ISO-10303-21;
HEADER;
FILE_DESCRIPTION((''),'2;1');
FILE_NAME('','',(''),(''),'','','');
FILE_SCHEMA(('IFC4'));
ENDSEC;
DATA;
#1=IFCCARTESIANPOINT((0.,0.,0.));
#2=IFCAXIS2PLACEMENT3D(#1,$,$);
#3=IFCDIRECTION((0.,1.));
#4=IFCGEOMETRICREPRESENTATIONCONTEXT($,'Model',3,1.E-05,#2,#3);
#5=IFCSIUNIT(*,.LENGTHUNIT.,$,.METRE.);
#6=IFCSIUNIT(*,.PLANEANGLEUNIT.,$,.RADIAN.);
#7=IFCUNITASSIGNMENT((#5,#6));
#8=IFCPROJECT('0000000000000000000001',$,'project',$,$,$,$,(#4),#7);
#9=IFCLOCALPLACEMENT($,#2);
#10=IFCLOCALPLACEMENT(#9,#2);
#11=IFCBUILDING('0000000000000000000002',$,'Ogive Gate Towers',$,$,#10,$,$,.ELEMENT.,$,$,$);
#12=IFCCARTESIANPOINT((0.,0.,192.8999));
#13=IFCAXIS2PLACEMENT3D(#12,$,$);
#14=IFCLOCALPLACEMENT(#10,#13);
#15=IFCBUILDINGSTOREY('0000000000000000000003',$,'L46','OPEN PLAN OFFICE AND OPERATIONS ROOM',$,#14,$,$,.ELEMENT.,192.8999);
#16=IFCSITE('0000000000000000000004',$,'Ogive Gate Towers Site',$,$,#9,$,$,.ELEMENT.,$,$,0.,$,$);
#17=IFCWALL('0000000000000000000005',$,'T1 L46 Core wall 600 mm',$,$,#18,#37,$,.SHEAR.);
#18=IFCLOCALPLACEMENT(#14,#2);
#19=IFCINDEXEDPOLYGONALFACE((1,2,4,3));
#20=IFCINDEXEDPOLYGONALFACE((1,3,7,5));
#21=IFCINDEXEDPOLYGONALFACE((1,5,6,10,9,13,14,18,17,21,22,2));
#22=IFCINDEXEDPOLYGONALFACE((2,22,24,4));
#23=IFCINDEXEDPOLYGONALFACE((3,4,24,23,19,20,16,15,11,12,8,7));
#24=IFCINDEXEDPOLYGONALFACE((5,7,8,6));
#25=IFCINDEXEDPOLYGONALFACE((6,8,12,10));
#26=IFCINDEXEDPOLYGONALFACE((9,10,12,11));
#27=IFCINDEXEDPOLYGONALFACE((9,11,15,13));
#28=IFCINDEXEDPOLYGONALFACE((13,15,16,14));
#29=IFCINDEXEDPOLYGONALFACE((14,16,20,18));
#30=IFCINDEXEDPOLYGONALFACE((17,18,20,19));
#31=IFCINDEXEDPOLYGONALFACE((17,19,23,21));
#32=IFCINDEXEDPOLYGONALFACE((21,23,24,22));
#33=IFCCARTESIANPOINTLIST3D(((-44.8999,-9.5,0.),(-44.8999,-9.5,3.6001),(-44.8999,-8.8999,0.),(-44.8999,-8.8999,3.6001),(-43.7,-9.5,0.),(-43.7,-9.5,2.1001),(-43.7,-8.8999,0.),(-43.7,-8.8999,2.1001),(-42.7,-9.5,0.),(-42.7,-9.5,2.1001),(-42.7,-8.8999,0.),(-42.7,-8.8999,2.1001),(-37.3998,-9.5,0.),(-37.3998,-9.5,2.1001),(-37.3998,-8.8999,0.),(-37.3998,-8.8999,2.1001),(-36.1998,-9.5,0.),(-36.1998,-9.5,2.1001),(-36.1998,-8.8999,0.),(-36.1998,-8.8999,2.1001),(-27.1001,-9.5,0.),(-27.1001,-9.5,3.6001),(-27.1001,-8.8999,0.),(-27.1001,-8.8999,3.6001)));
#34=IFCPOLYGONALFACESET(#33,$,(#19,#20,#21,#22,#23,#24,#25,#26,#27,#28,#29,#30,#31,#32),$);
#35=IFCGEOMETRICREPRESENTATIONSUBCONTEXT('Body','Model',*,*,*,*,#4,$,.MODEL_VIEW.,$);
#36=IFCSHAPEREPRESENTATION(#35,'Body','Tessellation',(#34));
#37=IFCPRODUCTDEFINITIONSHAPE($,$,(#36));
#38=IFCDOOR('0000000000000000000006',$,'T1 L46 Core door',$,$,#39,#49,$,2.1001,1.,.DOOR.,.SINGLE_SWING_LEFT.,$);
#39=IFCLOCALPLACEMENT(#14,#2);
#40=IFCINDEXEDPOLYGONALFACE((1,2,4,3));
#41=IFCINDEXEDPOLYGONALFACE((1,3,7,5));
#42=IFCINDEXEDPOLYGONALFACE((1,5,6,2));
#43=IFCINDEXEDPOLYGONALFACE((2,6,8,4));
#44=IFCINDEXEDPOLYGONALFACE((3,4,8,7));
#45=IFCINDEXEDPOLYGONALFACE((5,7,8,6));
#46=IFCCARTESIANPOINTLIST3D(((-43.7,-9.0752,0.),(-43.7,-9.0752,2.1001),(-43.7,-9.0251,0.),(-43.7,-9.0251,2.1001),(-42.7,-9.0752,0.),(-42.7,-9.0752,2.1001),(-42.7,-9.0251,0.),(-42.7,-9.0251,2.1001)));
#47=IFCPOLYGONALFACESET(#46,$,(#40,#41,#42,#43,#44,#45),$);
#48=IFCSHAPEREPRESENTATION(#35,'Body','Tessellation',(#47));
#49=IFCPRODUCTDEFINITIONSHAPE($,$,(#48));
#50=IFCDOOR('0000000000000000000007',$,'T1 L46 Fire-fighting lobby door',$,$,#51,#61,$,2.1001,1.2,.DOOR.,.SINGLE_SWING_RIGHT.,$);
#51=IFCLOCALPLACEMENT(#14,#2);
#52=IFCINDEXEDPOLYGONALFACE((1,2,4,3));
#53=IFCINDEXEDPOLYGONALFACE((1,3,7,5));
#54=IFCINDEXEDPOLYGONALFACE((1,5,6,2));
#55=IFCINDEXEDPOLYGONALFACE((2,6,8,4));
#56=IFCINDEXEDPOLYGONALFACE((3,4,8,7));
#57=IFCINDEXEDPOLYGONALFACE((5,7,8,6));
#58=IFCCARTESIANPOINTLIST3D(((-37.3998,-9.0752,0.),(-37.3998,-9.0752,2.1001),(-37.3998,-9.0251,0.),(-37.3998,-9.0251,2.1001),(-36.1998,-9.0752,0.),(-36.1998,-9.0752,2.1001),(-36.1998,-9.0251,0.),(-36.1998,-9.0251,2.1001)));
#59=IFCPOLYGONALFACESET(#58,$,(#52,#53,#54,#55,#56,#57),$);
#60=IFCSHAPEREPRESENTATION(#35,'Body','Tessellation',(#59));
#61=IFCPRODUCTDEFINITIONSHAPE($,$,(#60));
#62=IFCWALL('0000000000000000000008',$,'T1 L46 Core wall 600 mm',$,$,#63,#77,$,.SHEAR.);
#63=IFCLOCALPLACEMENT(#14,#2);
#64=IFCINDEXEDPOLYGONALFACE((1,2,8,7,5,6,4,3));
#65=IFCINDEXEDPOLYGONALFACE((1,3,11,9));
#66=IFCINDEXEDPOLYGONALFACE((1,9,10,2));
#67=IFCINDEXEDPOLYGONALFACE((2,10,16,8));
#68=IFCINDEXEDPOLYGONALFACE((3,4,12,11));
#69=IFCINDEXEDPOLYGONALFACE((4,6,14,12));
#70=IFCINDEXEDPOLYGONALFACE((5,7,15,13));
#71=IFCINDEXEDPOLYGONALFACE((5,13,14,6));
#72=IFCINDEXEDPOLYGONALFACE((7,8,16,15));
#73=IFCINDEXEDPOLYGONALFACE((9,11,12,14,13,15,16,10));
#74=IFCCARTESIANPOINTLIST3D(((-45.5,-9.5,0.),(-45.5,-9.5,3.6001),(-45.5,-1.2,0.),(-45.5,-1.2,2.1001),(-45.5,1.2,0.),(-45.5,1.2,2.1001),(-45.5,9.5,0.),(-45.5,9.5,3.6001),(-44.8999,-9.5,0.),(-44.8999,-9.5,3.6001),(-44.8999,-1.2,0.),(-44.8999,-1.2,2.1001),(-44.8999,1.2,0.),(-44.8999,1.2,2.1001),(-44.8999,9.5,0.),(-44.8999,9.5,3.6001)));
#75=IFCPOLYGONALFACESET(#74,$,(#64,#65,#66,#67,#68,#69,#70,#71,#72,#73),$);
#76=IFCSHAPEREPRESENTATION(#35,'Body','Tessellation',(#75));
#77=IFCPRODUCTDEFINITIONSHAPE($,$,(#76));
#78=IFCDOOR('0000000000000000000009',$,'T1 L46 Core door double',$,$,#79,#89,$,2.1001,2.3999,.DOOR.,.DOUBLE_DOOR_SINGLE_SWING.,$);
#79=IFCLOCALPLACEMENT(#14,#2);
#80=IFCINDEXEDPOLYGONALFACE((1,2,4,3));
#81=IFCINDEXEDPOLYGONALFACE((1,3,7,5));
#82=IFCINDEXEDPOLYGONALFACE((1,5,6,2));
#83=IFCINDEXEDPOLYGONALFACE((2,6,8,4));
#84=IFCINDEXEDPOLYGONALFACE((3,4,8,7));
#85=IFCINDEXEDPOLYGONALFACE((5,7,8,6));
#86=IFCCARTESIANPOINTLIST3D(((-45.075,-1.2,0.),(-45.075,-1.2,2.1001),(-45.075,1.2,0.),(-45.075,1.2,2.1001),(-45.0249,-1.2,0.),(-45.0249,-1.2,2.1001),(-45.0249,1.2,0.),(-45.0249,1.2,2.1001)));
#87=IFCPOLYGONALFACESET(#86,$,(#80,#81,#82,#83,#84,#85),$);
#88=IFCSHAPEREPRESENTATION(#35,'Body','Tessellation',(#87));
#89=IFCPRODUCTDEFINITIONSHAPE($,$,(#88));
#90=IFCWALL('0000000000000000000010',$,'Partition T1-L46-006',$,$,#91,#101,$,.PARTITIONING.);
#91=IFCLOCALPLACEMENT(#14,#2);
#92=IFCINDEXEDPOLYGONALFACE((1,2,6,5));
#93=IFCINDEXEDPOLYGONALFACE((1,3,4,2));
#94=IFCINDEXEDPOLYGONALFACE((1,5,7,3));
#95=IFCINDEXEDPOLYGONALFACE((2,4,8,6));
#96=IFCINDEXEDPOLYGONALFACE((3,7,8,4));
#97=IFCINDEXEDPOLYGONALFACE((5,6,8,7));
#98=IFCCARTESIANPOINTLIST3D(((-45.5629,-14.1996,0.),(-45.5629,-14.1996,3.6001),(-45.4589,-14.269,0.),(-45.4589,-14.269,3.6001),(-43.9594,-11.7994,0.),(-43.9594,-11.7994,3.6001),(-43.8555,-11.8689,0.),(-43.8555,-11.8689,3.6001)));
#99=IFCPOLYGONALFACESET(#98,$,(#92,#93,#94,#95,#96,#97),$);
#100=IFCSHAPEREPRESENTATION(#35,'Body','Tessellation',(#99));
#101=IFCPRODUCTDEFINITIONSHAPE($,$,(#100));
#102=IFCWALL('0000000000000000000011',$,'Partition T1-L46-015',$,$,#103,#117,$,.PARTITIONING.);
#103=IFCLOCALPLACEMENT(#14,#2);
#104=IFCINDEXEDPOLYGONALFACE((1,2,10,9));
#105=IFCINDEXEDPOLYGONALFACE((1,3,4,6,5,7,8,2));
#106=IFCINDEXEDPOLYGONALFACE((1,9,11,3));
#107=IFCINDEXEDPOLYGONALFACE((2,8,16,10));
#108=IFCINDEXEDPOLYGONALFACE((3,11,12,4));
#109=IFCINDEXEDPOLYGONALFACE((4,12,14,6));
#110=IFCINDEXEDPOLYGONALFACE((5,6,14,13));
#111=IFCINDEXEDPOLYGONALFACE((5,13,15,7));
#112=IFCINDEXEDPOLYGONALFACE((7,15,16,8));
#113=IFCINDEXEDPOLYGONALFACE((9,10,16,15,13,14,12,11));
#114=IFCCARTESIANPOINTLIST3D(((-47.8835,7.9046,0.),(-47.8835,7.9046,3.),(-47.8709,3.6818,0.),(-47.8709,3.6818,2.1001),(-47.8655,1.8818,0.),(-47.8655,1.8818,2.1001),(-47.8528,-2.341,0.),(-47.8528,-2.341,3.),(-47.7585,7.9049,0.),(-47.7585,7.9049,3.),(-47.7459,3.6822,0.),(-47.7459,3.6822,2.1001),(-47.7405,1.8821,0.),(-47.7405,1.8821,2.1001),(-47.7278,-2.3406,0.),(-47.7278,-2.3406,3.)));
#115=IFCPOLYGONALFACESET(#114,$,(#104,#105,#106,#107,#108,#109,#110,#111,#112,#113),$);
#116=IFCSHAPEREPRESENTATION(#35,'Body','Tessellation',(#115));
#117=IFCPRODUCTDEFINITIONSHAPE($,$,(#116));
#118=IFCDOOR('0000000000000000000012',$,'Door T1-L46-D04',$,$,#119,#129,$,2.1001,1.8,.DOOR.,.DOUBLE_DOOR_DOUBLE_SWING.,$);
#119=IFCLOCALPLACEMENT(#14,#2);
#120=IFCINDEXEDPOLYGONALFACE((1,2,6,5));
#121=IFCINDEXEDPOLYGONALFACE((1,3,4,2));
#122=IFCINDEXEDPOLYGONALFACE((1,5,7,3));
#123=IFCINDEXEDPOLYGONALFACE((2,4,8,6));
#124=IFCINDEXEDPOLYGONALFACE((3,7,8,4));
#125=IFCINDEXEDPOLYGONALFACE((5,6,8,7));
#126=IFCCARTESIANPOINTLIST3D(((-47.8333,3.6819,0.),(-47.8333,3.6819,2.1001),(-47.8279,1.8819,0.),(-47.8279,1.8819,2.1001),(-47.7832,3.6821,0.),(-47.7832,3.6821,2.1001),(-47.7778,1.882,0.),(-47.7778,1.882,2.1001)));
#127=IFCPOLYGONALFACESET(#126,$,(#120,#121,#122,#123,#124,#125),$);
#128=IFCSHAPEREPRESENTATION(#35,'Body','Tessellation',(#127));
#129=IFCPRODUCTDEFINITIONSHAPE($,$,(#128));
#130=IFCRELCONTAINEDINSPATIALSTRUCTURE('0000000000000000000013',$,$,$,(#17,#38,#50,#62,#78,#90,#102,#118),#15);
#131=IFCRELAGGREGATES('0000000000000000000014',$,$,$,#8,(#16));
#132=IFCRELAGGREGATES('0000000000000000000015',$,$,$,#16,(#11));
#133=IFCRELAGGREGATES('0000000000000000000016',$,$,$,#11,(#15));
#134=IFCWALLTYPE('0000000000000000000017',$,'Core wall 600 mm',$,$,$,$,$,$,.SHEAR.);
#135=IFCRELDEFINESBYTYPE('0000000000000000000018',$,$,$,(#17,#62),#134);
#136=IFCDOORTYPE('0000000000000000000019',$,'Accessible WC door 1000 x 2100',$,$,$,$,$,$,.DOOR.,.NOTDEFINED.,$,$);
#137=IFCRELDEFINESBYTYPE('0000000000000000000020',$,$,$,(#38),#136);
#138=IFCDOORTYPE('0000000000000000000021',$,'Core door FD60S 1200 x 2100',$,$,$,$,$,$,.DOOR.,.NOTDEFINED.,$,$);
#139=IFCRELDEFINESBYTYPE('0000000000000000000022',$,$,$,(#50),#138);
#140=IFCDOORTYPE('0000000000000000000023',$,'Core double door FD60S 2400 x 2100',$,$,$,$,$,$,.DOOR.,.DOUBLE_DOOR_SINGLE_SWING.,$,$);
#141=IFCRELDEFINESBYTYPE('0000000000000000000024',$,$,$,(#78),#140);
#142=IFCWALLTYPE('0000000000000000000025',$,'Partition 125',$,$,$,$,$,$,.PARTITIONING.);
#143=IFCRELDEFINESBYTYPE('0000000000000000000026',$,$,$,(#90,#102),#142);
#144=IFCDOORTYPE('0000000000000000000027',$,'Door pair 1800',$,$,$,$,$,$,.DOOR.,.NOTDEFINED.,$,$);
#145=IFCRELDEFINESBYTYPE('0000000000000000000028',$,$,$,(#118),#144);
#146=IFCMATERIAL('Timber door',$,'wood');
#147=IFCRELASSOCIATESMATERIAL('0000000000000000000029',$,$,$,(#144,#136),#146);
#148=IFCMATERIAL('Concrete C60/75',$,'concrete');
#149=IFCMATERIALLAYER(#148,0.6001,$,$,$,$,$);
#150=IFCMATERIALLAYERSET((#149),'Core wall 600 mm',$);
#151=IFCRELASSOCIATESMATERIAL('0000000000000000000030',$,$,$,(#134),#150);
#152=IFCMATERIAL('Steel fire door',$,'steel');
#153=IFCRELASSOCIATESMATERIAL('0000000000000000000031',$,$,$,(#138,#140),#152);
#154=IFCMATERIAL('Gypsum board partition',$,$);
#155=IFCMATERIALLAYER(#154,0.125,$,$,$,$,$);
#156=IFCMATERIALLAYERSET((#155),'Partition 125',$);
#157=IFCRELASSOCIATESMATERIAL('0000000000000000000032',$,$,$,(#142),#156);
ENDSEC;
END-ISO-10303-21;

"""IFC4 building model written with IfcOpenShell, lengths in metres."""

from ifc_helpers import new_model, si_unit, direction, frame, frame_2d, origin, place, context, subcontext, project, spatial, rectangle, extrude, material, layer, layer_set, type_object, element, fill, save


model = new_model("IFC4")

# Units and contexts
model_context = context("Model", 3, precision=1e-05, world=origin(), true_north=direction((0.0, 1.0)))
body_context = subcontext(model_context, "Body", "Model", "MODEL_VIEW")
ifc_project = project(units=[si_unit("LENGTHUNIT", "METRE"), si_unit("PLANEANGLEUNIT", "RADIAN")], contexts=[model_context])

# Site, building, storey
site_placement = place(None, origin())
site = spatial("IfcSite", under=ifc_project, at=site_placement, Name="Ogive Gate Towers Site", CompositionType="ELEMENT", RefElevation=0.0)
building_placement = place(site_placement, origin())
building = spatial("IfcBuilding", under=site, at=building_placement, Name="Ogive Gate Towers", CompositionType="ELEMENT")
storey_placement = place(building_placement, frame((0.0, 0.0, 192.8999)))
storey = spatial("IfcBuildingStorey", under=building, at=storey_placement, Name="L46", Description="OPEN PLAN OFFICE AND OPERATIONS ROOM", CompositionType="ELEMENT", Elevation=192.8999)

# Shared definitions
ifc_material_1 = material(Name="Timber door", Category="wood")
door_type_1 = type_object("IfcDoorType", Name="Door pair 1800", OperationType="NOTDEFINED", PredefinedType="DOOR", material=ifc_material_1)

# Wall, openings, doors
ifc_material_2 = material(Name="Concrete C60/75", Category="concrete")
ifc_layer_1 = layer(ifc_material_2, 0.6001)
ifc_layer_set_1 = layer_set([ifc_layer_1], Name="Core wall 600 mm")
wall_type_1 = type_object("IfcWallType", Name="Core wall 600 mm", PredefinedType="SHEAR", material=ifc_layer_set_1)
wall_1_placement = place(storey_placement, frame((-44.8999, -9.2, 0.0), z_axis=(0.0, 0.0, 1.0), x_axis=(1.0, 0.0, 0.0)))
wall_1 = element("IfcWall", 1, at=wall_1_placement, inside=storey, type_object=wall_type_1, Name="T1 L46 Core wall 600 mm", PredefinedType="SHEAR", context=body_context, shape_type="SweptSolid", body=[
    extrude(rectangle(XDim=17.7998, YDim=0.6001, at=frame_2d((8.8999, 0.0))), origin(), (0.0, 0.0, 1.0), 3.6001),
])
opening_1_placement = place(wall_1_placement, frame((7.5, 0.0, 0.0)))
opening_1 = element("IfcOpeningElement", 2, at=opening_1_placement, cuts=wall_1, PredefinedType="OPENING", context=body_context, shape_type="SweptSolid", body=[
    extrude(rectangle(XDim=1.2, YDim=2.1001, at=frame_2d((0.6001, 1.05))), frame((0.0, 0.3101, 0.0), z_axis=(0.0, -1.0, 0.0), x_axis=(1.0, 0.0, 0.0)), (0.0, 0.0, 1.0), 0.6201),
])
opening_2_placement = place(wall_1_placement, frame((1.2, 0.0, 0.0)))
opening_2 = element("IfcOpeningElement", 3, at=opening_2_placement, cuts=wall_1, PredefinedType="OPENING", context=body_context, shape_type="SweptSolid", body=[
    extrude(rectangle(XDim=1.0, YDim=2.1001, at=frame_2d((0.5, 1.05))), frame((0.0, 0.3101, 0.0), z_axis=(0.0, -1.0, 0.0), x_axis=(1.0, 0.0, 0.0)), (0.0, 0.0, 1.0), 0.6201),
])
door_type_2 = type_object("IfcDoorType", Name="Accessible WC door 1000 x 2100", OperationType="NOTDEFINED", PredefinedType="DOOR", material=ifc_material_1)
door_1_placement = place(opening_2_placement, origin())
door_1 = element("IfcDoor", 4, at=door_1_placement, inside=storey, type_object=door_type_2, Name="T1 L46 Core door", OperationType="SINGLE_SWING_LEFT", OverallHeight=2.1001, OverallWidth=1.0, PredefinedType="DOOR", context=body_context, shape_type="SweptSolid", body=[
    extrude(rectangle(XDim=1.0, YDim=2.1001, at=frame_2d((0.5, 1.05))), frame((0.0, 0.1748, 0.0), z_axis=(0.0, -1.0, 0.0), x_axis=(1.0, 0.0, 0.0)), (0.0, 0.0, 1.0), 0.05),
])
fill(opening_2, door_1)
ifc_material_3 = material(Name="Steel fire door", Category="steel")
door_type_3 = type_object("IfcDoorType", Name="Core door FD60S 1200 x 2100", OperationType="NOTDEFINED", PredefinedType="DOOR", material=ifc_material_3)
door_2_placement = place(opening_1_placement, origin())
door_2 = element("IfcDoor", 5, at=door_2_placement, inside=storey, type_object=door_type_3, Name="T1 L46 Fire-fighting lobby door", OperationType="SINGLE_SWING_RIGHT", OverallHeight=2.1001, OverallWidth=1.2, PredefinedType="DOOR", context=body_context, shape_type="SweptSolid", body=[
    extrude(rectangle(XDim=1.2, YDim=2.1001, at=frame_2d((0.6001, 1.05))), frame((0.0, 0.1748, 0.0), z_axis=(0.0, -1.0, 0.0), x_axis=(1.0, 0.0, 0.0)), (0.0, 0.0, 1.0), 0.05),
])
fill(opening_1, door_2)

# Wall, opening, door
wall_2_placement = place(storey_placement, frame((-45.2, -9.5, 0.0), z_axis=(0.0, 0.0, 1.0), x_axis=(0.0, 1.0, 0.0)))
wall_2 = element("IfcWall", 6, at=wall_2_placement, inside=storey, type_object=wall_type_1, Name="T1 L46 Core wall 600 mm", PredefinedType="SHEAR", context=body_context, shape_type="SweptSolid", body=[
    extrude(rectangle(XDim=19.0, YDim=0.6001, at=frame_2d((9.5, 0.0))), origin(), (0.0, 0.0, 1.0), 3.6001),
])
opening_3_placement = place(wall_2_placement, frame((8.3, 0.0, 0.0)))
opening_3 = element("IfcOpeningElement", 7, at=opening_3_placement, cuts=wall_2, PredefinedType="OPENING", context=body_context, shape_type="SweptSolid", body=[
    extrude(rectangle(XDim=2.3999, YDim=2.1001, at=frame_2d((1.2, 1.05))), frame((0.0, 0.3101, 0.0), z_axis=(0.0, -1.0, 0.0), x_axis=(1.0, 0.0, 0.0)), (0.0, 0.0, 1.0), 0.6201),
])
door_type_4 = type_object("IfcDoorType", Name="Core double door FD60S 2400 x 2100", OperationType="DOUBLE_DOOR_SINGLE_SWING", PredefinedType="DOOR", material=ifc_material_3)
door_3_placement = place(opening_3_placement, origin())
door_3 = element("IfcDoor", 8, at=door_3_placement, inside=storey, type_object=door_type_4, Name="T1 L46 Core door double", OperationType="DOUBLE_DOOR_SINGLE_SWING", OverallHeight=2.1001, OverallWidth=2.3999, PredefinedType="DOOR", context=body_context, shape_type="SweptSolid", body=[
    extrude(rectangle(XDim=2.3999, YDim=2.1001, at=frame_2d((1.2, 1.05))), frame((0.0, -0.125, 0.0), z_axis=(0.0, -1.0, 0.0), x_axis=(1.0, 0.0, 0.0)), (0.0, 0.0, 1.0), 0.05),
])
fill(opening_3, door_3)

# Wall
ifc_material_4 = material(Name="Gypsum board partition")
ifc_layer_2 = layer(ifc_material_4, 0.125)
ifc_layer_set_2 = layer_set([ifc_layer_2], Name="Partition 125")
wall_type_2 = type_object("IfcWallType", Name="Partition 125", PredefinedType="PARTITIONING", material=ifc_layer_set_2)
wall_3_placement = place(storey_placement, frame((-45.511, -14.2344, 0.0), z_axis=(0.0, 0.0, 1.0), x_axis=(0.55552, 0.831503, 0.0)))
element("IfcWall", 9, at=wall_3_placement, inside=storey, type_object=wall_type_2, Name="Partition T1-L46-006", PredefinedType="PARTITIONING", context=body_context, shape_type="SweptSolid", body=[
    extrude(rectangle(XDim=2.8865, YDim=0.125, at=frame_2d((1.4434, 0.0))), origin(), (0.0, 0.0, 1.0), 3.6001),
])

# Wall, opening, door
wall_4_placement = place(storey_placement, frame((-47.7903, -2.3408, 0.0), z_axis=(0.0, 0.0, 1.0), x_axis=(-0.003002, 0.999995, 0.0)))
wall_4 = element("IfcWall", 10, at=wall_4_placement, inside=storey, type_object=wall_type_2, Name="Partition T1-L46-015", PredefinedType="PARTITIONING", context=body_context, shape_type="SweptSolid", body=[
    extrude(rectangle(XDim=10.2456, YDim=0.125, at=frame_2d((5.1228, 0.0))), origin(), (0.0, 0.0, 1.0), 3.0),
])
opening_4_placement = place(wall_4_placement, frame((4.2229, 0.0, 0.0)))
opening_4 = element("IfcOpeningElement", 11, at=opening_4_placement, cuts=wall_4, PredefinedType="OPENING", context=body_context, shape_type="SweptSolid", body=[
    extrude(rectangle(XDim=1.8, YDim=2.1001, at=frame_2d((0.8999, 1.05))), frame((0.0, 0.0725, 0.0), z_axis=(0.0, -1.0, 0.0), x_axis=(1.0, 0.0, 0.0)), (0.0, 0.0, 1.0), 0.145),
])
door_4_placement = place(opening_4_placement, origin())
door_4 = element("IfcDoor", 12, at=door_4_placement, inside=storey, type_object=door_type_1, Name="Door T1-L46-D04", OperationType="DOUBLE_DOOR_DOUBLE_SWING", OverallHeight=2.1001, OverallWidth=1.8, PredefinedType="DOOR", context=body_context, shape_type="SweptSolid", body=[
    extrude(rectangle(XDim=1.8, YDim=2.1001, at=frame_2d((0.8999, 1.05))), frame((0.0, 0.0249, 0.0), z_axis=(0.0, -1.0, 0.0), x_axis=(1.0, 0.0, 0.0)), (0.0, 0.0, 1.0), 0.05),
])
fill(opening_4, door_4)

save(model, "model.ifc")
